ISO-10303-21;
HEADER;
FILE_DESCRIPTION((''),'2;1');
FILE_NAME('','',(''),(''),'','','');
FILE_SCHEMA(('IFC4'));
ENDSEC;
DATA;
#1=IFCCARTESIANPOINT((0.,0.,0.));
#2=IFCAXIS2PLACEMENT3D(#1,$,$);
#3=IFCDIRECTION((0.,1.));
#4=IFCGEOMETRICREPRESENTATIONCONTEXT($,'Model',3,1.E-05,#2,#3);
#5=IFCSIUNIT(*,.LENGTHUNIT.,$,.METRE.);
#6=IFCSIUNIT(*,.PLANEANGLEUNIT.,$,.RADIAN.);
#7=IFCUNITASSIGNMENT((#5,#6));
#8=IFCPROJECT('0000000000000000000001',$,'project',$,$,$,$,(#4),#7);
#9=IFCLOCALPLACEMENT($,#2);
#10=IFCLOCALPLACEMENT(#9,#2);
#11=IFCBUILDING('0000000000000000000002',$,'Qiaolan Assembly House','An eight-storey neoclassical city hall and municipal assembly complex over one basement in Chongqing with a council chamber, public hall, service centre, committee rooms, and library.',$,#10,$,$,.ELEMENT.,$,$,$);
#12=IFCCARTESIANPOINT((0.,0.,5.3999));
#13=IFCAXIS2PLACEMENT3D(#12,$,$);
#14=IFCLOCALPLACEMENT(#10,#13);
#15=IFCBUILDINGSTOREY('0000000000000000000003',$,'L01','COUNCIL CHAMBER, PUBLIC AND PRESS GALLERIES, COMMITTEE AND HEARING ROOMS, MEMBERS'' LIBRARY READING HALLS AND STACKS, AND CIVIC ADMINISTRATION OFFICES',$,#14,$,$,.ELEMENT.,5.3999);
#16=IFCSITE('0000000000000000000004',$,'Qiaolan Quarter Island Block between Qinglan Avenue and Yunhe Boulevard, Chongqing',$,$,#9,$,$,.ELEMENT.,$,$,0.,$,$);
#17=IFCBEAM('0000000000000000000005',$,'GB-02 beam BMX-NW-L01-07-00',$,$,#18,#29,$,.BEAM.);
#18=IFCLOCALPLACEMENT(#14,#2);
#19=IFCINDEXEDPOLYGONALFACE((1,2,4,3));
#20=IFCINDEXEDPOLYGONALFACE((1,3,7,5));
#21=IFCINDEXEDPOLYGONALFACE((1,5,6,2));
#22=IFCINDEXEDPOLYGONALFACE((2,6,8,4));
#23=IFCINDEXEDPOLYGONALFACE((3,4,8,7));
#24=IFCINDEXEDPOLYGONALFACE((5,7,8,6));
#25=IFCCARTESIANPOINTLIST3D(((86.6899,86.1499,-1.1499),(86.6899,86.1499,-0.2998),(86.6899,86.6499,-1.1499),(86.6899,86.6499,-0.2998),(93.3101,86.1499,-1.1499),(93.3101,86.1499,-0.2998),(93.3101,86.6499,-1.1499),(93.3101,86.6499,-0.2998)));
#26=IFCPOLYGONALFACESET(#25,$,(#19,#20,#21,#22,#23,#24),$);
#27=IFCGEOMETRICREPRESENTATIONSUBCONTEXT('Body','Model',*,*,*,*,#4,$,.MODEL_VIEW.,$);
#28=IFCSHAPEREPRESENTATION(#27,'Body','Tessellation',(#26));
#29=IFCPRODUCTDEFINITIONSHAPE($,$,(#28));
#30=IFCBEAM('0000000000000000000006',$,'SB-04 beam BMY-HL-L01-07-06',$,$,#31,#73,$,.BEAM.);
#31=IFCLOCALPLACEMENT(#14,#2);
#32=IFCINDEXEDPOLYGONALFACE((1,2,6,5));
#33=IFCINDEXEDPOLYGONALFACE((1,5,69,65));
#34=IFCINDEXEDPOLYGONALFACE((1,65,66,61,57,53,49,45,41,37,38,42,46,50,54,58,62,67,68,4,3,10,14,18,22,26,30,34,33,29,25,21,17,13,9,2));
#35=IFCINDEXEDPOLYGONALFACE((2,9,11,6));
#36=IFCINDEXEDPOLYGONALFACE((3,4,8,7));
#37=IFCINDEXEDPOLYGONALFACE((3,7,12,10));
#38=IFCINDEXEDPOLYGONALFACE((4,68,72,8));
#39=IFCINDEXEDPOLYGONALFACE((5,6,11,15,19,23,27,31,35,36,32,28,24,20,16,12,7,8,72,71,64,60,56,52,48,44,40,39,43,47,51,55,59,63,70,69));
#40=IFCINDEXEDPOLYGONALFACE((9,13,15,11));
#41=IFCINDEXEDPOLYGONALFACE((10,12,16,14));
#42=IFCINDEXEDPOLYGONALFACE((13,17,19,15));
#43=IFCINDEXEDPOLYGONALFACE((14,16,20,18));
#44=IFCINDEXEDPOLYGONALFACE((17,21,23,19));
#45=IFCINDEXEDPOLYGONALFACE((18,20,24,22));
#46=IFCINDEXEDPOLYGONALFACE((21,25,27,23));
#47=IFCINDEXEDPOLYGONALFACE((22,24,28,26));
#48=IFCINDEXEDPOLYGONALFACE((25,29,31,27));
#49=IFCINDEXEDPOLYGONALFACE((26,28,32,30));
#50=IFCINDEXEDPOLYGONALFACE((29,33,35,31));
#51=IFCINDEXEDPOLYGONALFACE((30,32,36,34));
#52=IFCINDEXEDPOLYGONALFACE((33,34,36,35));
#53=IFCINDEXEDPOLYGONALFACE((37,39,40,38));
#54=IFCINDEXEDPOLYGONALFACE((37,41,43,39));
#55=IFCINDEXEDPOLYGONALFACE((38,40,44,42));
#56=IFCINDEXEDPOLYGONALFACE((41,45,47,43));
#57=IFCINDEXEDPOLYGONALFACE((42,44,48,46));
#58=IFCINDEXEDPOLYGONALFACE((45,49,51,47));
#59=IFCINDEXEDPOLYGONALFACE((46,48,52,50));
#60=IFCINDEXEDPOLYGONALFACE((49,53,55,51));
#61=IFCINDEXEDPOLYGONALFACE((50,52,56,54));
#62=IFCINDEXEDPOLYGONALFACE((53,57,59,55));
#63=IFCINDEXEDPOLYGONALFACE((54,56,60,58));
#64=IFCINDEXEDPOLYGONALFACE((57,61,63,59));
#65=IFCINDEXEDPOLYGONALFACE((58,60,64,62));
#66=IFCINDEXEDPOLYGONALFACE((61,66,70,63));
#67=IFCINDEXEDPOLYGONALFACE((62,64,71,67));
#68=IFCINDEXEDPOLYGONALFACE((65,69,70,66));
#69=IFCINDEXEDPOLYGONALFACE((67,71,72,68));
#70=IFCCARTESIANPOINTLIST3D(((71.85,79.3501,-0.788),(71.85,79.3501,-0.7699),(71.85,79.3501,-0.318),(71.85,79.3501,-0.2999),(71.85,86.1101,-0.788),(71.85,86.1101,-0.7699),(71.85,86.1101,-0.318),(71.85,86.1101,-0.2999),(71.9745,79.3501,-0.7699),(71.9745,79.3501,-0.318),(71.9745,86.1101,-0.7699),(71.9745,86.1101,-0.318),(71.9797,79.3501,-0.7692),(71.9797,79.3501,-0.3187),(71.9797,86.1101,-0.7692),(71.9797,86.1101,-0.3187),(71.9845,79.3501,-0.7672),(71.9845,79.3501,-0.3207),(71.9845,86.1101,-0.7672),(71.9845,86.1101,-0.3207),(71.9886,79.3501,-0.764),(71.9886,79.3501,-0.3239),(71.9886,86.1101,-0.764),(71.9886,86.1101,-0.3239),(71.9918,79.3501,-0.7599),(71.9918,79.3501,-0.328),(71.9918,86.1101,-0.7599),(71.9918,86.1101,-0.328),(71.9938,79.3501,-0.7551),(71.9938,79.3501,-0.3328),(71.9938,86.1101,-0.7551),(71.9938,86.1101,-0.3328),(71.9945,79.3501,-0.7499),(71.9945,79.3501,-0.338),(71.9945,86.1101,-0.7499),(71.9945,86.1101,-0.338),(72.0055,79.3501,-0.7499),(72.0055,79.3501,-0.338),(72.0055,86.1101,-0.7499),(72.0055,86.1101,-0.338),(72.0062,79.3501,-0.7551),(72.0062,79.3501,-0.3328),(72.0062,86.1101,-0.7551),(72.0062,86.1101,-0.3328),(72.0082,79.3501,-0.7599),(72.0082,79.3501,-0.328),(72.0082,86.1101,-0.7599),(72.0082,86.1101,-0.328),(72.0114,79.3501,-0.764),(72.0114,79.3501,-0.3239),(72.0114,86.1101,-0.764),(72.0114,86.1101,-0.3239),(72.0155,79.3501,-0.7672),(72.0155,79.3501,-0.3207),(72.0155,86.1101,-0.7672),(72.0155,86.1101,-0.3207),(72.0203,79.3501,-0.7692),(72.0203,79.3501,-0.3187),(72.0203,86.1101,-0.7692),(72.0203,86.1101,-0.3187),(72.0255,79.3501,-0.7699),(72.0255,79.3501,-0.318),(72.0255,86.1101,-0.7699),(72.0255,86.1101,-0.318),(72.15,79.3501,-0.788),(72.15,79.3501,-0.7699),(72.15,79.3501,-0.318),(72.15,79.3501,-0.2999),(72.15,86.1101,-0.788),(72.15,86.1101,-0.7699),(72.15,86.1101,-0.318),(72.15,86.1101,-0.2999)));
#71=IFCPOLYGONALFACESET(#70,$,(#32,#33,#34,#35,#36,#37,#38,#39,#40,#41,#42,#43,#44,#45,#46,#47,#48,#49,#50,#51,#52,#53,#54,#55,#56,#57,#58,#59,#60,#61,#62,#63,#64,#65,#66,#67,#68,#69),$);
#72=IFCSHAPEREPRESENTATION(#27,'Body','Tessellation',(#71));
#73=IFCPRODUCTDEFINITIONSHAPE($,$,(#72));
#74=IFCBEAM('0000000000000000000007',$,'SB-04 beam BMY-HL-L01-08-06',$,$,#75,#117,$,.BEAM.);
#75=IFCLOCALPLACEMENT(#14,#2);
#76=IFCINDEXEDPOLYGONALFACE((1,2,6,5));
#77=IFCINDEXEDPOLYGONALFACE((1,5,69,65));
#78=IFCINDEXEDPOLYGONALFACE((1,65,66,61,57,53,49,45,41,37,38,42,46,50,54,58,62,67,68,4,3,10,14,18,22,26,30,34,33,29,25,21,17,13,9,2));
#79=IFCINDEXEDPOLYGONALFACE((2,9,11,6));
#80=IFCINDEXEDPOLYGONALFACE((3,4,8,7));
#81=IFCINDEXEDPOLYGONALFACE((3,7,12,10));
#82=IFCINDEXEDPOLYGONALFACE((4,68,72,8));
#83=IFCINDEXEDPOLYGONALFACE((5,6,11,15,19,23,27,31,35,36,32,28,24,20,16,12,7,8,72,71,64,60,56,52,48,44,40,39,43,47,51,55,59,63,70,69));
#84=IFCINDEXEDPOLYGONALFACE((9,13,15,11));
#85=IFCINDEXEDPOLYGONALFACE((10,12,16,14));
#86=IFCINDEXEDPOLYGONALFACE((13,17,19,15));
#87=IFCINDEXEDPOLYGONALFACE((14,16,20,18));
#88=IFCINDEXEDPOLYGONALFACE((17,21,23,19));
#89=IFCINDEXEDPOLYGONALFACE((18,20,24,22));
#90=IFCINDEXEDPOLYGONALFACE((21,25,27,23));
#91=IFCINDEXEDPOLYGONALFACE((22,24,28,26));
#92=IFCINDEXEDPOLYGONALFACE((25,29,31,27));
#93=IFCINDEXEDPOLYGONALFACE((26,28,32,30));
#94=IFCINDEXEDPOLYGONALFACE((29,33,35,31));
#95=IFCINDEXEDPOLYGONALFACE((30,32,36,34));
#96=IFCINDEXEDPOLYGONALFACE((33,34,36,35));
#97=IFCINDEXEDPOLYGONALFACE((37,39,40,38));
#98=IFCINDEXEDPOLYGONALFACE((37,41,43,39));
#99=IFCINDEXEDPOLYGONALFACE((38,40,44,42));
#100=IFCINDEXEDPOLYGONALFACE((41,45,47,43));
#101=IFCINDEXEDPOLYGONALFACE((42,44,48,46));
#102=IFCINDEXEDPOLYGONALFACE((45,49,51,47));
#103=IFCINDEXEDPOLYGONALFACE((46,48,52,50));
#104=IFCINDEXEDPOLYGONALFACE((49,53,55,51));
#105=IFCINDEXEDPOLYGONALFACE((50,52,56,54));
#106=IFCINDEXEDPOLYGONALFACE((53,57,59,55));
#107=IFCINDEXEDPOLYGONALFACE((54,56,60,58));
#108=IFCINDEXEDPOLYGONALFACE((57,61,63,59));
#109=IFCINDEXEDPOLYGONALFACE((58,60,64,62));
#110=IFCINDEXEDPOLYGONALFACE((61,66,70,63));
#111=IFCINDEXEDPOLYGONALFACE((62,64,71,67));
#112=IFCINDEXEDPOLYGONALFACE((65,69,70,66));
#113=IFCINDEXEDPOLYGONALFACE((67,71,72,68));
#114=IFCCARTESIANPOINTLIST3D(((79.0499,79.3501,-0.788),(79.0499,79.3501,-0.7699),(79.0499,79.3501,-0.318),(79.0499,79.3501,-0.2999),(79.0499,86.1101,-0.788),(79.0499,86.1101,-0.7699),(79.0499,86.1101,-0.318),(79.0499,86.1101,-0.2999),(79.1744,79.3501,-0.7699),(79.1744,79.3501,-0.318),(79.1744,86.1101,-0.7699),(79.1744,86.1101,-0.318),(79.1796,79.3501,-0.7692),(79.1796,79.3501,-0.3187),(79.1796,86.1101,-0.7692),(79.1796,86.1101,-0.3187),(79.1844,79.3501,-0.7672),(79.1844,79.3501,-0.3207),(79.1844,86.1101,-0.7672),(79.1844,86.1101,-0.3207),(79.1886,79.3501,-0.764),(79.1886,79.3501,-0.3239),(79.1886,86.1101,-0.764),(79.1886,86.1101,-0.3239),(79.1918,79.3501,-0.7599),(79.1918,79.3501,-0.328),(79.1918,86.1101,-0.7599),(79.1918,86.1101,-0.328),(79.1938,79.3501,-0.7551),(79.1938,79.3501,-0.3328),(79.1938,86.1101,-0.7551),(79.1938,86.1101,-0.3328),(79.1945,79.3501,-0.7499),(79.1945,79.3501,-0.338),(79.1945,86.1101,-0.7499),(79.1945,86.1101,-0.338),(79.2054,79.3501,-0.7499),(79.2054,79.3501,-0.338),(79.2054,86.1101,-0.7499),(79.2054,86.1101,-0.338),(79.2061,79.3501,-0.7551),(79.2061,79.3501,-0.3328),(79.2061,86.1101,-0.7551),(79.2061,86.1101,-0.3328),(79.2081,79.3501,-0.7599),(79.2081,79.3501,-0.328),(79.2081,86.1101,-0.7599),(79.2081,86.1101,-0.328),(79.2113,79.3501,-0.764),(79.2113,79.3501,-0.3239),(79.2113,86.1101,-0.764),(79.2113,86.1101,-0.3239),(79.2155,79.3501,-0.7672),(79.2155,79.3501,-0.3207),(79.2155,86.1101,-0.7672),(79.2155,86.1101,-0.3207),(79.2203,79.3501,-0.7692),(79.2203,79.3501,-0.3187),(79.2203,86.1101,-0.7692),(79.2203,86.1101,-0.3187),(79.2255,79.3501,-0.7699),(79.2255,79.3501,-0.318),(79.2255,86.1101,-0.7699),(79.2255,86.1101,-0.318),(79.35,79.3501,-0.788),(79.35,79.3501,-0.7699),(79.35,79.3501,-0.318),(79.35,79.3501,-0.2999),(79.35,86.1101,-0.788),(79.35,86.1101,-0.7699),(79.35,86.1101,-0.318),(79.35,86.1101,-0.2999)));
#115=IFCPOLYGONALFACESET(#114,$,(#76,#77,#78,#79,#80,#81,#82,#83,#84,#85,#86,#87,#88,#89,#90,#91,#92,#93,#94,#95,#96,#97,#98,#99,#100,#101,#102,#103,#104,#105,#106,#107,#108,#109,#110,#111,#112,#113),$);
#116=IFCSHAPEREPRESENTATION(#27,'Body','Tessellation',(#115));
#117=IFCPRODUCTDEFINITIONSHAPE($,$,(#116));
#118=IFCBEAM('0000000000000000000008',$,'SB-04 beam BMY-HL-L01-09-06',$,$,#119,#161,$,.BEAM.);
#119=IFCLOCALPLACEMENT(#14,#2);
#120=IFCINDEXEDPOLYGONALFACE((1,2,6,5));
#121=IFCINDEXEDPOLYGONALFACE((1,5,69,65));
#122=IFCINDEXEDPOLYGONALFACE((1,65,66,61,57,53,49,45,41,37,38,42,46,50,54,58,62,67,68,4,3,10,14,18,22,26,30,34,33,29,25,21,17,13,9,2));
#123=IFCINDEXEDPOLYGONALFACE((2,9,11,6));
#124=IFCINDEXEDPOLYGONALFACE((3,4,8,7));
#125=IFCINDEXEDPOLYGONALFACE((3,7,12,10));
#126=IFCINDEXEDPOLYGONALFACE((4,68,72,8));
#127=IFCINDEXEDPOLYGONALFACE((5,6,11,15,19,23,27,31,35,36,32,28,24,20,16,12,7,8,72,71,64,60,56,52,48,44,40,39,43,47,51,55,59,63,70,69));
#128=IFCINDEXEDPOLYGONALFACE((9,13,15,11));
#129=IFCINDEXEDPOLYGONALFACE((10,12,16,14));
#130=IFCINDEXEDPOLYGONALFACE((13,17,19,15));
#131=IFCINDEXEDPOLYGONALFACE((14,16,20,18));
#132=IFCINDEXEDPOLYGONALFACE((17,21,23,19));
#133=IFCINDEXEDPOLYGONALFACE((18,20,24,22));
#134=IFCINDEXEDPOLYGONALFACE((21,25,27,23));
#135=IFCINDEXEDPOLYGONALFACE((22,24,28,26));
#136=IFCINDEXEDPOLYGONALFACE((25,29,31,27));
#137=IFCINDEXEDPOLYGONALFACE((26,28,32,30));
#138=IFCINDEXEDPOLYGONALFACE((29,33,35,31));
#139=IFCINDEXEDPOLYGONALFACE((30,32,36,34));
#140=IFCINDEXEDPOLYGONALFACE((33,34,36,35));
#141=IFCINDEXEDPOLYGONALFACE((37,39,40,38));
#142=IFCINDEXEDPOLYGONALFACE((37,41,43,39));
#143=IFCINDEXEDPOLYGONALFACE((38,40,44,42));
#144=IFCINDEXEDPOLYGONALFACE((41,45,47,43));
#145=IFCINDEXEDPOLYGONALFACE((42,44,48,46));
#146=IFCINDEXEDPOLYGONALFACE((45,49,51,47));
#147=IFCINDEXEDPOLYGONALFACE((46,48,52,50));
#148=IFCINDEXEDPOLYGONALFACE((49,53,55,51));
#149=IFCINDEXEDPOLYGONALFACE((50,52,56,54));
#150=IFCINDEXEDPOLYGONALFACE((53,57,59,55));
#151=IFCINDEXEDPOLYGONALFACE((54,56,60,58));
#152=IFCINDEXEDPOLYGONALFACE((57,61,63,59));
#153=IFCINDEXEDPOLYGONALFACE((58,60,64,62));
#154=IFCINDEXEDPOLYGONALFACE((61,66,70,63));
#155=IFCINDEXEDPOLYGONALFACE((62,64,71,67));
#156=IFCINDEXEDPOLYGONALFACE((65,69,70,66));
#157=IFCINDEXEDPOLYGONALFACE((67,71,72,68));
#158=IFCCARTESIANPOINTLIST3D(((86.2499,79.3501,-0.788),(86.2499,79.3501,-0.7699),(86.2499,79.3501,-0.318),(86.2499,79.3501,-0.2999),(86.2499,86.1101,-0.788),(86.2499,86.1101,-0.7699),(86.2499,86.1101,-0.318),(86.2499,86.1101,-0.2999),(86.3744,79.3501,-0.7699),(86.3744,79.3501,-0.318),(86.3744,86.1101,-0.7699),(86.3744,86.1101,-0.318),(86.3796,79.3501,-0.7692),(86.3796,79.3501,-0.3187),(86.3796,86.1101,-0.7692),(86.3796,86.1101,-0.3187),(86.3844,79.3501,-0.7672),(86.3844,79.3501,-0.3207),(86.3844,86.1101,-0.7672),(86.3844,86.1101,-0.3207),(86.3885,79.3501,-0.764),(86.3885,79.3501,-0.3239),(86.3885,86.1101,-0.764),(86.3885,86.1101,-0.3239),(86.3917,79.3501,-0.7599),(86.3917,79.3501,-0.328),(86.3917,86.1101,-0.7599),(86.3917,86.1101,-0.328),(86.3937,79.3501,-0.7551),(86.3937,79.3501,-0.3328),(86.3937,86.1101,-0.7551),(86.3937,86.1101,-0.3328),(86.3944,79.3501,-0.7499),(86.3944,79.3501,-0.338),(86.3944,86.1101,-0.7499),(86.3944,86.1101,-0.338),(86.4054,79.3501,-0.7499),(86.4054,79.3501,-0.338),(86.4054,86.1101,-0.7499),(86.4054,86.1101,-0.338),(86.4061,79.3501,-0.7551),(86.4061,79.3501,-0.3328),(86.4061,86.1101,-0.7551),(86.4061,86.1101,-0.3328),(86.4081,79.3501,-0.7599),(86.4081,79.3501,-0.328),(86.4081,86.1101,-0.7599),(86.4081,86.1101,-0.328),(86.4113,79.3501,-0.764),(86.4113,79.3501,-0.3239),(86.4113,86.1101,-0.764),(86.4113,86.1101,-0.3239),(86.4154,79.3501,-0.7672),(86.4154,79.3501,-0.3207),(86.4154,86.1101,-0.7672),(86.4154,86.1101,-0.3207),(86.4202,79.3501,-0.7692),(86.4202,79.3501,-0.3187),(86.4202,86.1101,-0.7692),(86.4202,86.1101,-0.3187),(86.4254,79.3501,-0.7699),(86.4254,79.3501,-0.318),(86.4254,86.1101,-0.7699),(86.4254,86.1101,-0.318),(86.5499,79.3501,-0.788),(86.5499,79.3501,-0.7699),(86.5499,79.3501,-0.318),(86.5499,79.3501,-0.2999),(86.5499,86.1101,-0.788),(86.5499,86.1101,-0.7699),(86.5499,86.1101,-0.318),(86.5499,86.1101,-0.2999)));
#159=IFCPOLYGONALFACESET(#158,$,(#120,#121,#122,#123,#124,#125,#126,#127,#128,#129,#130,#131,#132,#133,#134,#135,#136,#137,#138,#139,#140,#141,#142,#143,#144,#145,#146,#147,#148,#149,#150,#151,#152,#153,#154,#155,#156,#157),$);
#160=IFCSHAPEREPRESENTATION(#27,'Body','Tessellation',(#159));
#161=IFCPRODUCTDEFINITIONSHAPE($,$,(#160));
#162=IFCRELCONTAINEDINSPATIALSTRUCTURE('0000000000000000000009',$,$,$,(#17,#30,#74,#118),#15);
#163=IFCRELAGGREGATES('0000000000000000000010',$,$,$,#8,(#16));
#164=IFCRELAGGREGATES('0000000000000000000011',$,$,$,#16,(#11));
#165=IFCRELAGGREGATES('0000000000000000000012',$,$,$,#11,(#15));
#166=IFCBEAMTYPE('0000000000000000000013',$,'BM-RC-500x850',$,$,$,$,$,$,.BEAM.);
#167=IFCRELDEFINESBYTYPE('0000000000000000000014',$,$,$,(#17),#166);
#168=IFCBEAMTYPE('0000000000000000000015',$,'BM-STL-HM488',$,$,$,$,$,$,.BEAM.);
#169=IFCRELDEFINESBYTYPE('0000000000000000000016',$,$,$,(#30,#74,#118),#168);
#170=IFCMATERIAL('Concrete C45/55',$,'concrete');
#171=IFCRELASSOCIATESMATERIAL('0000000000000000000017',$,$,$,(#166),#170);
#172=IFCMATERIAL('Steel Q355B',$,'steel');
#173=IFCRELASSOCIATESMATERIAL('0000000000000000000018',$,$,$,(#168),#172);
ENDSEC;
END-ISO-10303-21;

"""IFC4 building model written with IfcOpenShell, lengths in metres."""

from ifc_helpers import new_model, si_unit, direction, frame, origin, origin_2d, place, context, subcontext, project, spatial, rectangle, i_section, extrude, material, material_profile, profile_set, type_object, element, save


model = new_model("IFC4")

# Units and contexts
model_context = context("Model", 3, precision=1e-05, world=origin(), true_north=direction((0.0, 1.0)))
body_context = subcontext(model_context, "Body", "Model", "MODEL_VIEW")
ifc_project = project(units=[si_unit("LENGTHUNIT", "METRE"), si_unit("PLANEANGLEUNIT", "RADIAN")], contexts=[model_context])

# Site, building, storey
site_placement = place(None, origin())
site = spatial("IfcSite", under=ifc_project, at=site_placement, Name="Qiaolan Quarter Island Block between Qinglan Avenue and Yunhe Boulevard, Chongqing", CompositionType="ELEMENT", RefElevation=0.0)
building_placement = place(site_placement, origin())
building = spatial("IfcBuilding", under=site, at=building_placement, Name="Qiaolan Assembly House", Description="An eight-storey neoclassical city hall and municipal assembly complex over one basement in Chongqing with a council chamber, public hall, service centre, committee rooms, and library.", CompositionType="ELEMENT")
storey_placement = place(building_placement, frame((0.0, 0.0, 5.3999)))
storey = spatial("IfcBuildingStorey", under=building, at=storey_placement, Name="L01", Description="COUNCIL CHAMBER, PUBLIC AND PRESS GALLERIES, COMMITTEE AND HEARING ROOMS, MEMBERS' LIBRARY READING HALLS AND STACKS, AND CIVIC ADMINISTRATION OFFICES", CompositionType="ELEMENT", Elevation=5.3999)

# Shared definitions
ifc_material_1 = material(Name="Steel Q355B", Category="steel")

# Beams
ifc_material_2 = material(Name="Concrete C45/55", Category="concrete")
ifc_material_profile_1 = material_profile(ifc_material_2, rectangle(XDim=0.5, YDim=0.8501, at=origin_2d()), Name="RCB 500x850")
ifc_profile_set_1 = profile_set([ifc_material_profile_1], Name="Concrete C45/55")
beam_type_1 = type_object("IfcBeamType", Name="BM-RC-500x850", PredefinedType="BEAM", material=ifc_profile_set_1)
for number, where, z_axis, x_axis, name in (
    (1, (86.6899, 86.3999, -0.7249), (1.0, 0.0, 0.0), (0.0, 1.0, 0.0), "GB-02 beam BMX-NW-L01-07-00"),
):
    element("IfcBeam", number, at=place(storey_placement, frame(where, z_axis=z_axis, x_axis=x_axis)), inside=storey, type_object=beam_type_1, Name=name, PredefinedType="BEAM", context=body_context, shape_type="SweptSolid", body=[
        extrude(rectangle(XDim=0.5, YDim=0.8501, at=origin_2d()), origin(), (0.0, 0.0, 1.0), 6.6201),
    ])
ifc_material_profile_2 = material_profile(ifc_material_1, i_section(OverallWidth=0.3, OverallDepth=0.488, WebThickness=0.011, FlangeThickness=0.0181, FilletRadius=0.02, at=origin_2d()), Name="HM 488x300x11x18")
ifc_profile_set_2 = profile_set([ifc_material_profile_2], Name="Steel Q355B")
beam_type_2 = type_object("IfcBeamType", Name="BM-STL-HM488", PredefinedType="BEAM", material=ifc_profile_set_2)
for number, where, z_axis, x_axis, name in (
    (2, (72.0, 79.3501, -0.5439), (0.0, 1.0, 0.0), (-1.0, 0.0, 0.0), "SB-04 beam BMY-HL-L01-07-06"),
    (3, (79.2, 79.3501, -0.5439), (0.0, 1.0, 0.0), (-1.0, 0.0, 0.0), "SB-04 beam BMY-HL-L01-08-06"),
    (4, (86.3999, 79.3501, -0.5439), (0.0, 1.0, 0.0), (-1.0, 0.0, 0.0), "SB-04 beam BMY-HL-L01-09-06"),
):
    element("IfcBeam", number, at=place(storey_placement, frame(where, z_axis=z_axis, x_axis=x_axis)), inside=storey, type_object=beam_type_2, Name=name, PredefinedType="BEAM", context=body_context, shape_type="SweptSolid", body=[
        extrude(i_section(OverallWidth=0.3, OverallDepth=0.488, WebThickness=0.011, FlangeThickness=0.0181, FilletRadius=0.02, at=origin_2d()), origin(), (0.0, 0.0, 1.0), 6.76),
    ])

save(model, "model.ifc")
